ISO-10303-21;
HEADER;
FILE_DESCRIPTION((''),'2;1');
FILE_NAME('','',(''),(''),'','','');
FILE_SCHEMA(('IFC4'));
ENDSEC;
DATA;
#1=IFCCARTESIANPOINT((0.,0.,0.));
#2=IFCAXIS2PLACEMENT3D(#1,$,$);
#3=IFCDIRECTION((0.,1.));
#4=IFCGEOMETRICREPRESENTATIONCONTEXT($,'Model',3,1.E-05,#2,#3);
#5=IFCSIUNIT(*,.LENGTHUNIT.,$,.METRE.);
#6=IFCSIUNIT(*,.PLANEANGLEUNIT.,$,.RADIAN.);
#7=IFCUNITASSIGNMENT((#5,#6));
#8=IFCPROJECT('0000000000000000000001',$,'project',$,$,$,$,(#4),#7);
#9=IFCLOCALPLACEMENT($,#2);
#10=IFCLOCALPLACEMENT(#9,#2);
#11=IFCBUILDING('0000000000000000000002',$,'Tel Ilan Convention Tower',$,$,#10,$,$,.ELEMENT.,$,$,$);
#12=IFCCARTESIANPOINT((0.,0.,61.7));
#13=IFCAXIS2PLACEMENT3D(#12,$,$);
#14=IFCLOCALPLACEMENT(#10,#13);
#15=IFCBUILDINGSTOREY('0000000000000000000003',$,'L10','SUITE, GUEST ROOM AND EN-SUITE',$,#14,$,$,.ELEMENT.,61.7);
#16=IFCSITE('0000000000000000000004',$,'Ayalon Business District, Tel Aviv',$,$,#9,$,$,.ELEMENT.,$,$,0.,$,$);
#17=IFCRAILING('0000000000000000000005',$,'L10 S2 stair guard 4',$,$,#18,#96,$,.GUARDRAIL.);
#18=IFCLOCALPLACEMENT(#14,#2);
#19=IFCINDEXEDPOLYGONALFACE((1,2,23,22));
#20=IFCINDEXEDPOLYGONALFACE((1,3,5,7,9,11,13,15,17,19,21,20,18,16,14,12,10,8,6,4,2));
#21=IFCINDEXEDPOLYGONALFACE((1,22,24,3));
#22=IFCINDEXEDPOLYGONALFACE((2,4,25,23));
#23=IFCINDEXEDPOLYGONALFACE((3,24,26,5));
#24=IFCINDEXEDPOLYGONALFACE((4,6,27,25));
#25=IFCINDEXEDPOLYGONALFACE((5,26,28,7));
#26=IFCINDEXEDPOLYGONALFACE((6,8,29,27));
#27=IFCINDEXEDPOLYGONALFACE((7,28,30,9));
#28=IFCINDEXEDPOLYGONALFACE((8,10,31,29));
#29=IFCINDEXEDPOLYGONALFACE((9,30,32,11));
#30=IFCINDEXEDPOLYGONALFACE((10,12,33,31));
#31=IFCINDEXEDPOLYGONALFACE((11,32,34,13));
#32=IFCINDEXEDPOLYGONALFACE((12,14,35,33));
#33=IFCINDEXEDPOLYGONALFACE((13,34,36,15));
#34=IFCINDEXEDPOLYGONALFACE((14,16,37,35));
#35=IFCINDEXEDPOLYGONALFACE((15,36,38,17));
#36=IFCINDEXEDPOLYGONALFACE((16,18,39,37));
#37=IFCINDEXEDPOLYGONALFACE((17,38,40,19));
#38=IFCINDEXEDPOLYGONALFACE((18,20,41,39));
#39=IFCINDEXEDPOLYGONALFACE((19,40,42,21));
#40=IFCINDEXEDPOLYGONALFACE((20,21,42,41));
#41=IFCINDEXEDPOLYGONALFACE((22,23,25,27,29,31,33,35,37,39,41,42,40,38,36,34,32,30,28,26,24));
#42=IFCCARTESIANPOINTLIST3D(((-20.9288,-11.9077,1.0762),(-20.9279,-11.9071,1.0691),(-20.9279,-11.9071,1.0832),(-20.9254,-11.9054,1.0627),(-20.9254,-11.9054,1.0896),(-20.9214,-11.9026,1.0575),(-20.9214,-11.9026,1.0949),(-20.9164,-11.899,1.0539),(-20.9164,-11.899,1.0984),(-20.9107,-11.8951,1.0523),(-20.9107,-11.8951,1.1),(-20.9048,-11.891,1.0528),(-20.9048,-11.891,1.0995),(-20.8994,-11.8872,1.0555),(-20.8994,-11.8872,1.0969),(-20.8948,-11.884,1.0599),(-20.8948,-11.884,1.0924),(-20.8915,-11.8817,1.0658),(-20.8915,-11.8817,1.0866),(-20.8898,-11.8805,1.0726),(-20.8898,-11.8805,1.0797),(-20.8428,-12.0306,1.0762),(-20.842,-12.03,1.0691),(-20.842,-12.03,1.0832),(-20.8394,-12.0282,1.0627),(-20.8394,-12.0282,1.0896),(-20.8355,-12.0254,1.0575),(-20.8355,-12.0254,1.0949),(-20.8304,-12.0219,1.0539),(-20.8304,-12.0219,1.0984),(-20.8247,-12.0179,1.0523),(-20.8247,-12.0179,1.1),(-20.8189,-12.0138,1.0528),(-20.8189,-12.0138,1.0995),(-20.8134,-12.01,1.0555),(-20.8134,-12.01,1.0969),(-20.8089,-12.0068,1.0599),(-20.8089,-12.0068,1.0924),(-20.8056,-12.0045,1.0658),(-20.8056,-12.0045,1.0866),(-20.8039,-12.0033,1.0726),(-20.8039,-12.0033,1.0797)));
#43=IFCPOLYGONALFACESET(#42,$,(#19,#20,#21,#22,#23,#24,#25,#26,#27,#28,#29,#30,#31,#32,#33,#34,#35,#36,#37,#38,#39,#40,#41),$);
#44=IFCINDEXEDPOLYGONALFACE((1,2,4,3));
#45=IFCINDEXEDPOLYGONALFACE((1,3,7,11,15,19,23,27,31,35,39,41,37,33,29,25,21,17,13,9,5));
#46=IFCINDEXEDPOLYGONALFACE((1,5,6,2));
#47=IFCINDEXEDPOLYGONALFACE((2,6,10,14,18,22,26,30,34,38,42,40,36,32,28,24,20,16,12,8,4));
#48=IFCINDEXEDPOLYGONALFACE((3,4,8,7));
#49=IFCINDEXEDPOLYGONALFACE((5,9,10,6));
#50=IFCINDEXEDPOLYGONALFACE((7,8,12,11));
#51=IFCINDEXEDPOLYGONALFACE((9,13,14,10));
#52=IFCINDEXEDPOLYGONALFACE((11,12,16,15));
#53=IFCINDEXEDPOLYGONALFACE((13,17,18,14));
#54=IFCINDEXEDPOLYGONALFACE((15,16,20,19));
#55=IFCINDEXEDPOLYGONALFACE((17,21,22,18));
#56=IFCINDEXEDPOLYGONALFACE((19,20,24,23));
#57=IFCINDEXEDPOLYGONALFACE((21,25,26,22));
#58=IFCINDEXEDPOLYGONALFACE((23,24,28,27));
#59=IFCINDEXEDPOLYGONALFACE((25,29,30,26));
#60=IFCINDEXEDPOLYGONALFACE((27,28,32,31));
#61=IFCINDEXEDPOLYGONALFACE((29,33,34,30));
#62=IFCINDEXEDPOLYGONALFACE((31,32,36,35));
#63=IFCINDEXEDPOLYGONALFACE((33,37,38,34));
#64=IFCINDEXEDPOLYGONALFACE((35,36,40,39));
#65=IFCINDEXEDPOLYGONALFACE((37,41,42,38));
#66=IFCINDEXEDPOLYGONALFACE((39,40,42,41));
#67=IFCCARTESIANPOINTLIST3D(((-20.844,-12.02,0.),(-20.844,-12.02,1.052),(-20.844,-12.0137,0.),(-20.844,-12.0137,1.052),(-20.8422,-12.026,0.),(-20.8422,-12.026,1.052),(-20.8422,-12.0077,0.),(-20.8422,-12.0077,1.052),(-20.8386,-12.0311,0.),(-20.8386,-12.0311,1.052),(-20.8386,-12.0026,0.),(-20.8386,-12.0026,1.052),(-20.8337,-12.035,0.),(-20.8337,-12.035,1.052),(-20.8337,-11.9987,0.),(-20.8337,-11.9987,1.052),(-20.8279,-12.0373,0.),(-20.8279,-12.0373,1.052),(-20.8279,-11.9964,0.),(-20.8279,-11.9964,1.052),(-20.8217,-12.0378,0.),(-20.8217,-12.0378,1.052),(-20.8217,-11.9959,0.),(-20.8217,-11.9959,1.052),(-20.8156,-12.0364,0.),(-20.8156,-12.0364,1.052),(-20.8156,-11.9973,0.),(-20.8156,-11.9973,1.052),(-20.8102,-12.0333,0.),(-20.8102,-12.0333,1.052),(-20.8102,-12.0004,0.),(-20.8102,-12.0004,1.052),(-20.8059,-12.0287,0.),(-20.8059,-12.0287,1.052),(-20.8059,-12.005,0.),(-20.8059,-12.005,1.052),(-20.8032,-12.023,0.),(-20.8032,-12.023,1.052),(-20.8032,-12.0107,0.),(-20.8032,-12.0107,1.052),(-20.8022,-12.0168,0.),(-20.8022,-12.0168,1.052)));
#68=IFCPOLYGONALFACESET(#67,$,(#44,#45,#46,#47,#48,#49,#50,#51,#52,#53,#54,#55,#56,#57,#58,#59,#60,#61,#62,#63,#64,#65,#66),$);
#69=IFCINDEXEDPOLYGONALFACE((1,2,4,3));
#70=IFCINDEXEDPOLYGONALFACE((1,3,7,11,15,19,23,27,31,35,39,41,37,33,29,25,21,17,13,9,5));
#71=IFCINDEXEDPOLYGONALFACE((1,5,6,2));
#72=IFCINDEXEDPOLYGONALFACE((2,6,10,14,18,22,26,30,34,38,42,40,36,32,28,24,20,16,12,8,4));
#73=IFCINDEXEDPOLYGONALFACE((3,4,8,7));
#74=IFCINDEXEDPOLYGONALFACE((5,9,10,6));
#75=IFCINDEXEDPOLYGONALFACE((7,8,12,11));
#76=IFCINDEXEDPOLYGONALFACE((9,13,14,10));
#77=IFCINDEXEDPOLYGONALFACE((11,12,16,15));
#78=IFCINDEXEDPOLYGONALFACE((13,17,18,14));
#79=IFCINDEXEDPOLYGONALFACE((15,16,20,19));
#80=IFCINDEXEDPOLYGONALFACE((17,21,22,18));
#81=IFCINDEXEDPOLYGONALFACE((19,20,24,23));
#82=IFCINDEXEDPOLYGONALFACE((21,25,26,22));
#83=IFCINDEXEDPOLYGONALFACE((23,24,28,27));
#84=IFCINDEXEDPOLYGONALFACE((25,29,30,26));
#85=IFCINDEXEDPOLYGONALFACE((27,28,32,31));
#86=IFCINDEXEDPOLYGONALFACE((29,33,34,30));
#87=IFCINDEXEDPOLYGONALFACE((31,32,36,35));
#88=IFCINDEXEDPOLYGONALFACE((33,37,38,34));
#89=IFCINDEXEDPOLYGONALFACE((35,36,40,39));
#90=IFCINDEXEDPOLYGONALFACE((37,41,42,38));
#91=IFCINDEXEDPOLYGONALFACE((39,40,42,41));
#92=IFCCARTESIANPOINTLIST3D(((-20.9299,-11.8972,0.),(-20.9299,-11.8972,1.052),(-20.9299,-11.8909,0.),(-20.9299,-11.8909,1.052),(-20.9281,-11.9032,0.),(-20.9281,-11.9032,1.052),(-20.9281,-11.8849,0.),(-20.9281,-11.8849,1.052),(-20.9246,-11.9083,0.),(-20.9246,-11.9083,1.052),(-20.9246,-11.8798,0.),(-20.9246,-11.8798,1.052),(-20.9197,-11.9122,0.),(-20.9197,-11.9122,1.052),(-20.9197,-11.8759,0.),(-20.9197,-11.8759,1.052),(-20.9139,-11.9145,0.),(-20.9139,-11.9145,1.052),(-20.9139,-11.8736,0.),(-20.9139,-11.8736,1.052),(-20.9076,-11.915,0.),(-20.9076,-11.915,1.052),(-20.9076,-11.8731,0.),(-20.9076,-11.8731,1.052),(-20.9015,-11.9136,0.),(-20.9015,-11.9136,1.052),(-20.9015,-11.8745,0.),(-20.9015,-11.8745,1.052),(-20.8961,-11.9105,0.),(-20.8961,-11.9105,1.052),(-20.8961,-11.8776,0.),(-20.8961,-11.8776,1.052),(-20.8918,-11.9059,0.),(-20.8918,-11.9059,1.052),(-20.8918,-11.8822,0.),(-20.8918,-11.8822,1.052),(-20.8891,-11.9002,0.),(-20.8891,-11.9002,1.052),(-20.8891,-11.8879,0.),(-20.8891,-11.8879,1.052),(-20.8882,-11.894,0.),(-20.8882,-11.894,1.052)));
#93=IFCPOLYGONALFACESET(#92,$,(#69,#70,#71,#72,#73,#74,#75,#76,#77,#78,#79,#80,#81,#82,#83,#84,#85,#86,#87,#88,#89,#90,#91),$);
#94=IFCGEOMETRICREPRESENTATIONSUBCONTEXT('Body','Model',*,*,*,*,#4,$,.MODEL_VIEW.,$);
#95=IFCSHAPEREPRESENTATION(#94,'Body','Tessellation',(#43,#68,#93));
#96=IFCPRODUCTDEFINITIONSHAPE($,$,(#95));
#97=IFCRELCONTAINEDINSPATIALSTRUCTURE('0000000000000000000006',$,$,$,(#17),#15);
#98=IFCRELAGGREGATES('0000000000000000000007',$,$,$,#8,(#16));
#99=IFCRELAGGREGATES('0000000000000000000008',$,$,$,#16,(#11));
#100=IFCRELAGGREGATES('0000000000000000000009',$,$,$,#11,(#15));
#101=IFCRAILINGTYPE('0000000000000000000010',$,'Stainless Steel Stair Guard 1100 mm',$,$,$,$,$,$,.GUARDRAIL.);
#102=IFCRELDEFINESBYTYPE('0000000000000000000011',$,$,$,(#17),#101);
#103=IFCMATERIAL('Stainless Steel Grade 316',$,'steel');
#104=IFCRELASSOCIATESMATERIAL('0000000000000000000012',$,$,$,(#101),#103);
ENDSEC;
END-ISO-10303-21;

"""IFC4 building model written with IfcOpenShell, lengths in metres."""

from ifc_helpers import new_model, si_unit, direction, frame, origin, origin_2d, place, context, subcontext, project, spatial, circle, extrude, material, type_object, element, save


model = new_model("IFC4")

# Units and contexts
model_context = context("Model", 3, precision=1e-05, world=origin(), true_north=direction((0.0, 1.0)))
body_context = subcontext(model_context, "Body", "Model", "MODEL_VIEW")
ifc_project = project(units=[si_unit("LENGTHUNIT", "METRE"), si_unit("PLANEANGLEUNIT", "RADIAN")], contexts=[model_context])

# Site, building, storey
site_placement = place(None, origin())
site = spatial("IfcSite", under=ifc_project, at=site_placement, Name="Ayalon Business District, Tel Aviv", CompositionType="ELEMENT", RefElevation=0.0)
building_placement = place(site_placement, origin())
building = spatial("IfcBuilding", under=site, at=building_placement, Name="Tel Ilan Convention Tower", CompositionType="ELEMENT")
storey_placement = place(building_placement, frame((0.0, 0.0, 61.7)))
storey = spatial("IfcBuildingStorey", under=building, at=storey_placement, Name="L10", Description="SUITE, GUEST ROOM AND EN-SUITE", CompositionType="ELEMENT", Elevation=61.7)

# Railing
ifc_material_1 = material(Name="Stainless Steel Grade 316", Category="steel")
railing_type_1 = type_object("IfcRailingType", Name="Stainless Steel Stair Guard 1100 mm", PredefinedType="GUARDRAIL", material=ifc_material_1)
railing_1_placement = place(storey_placement, frame((-20.8232, -12.0168, 0.0)))
element("IfcRailing", 1, at=railing_1_placement, inside=storey, type_object=railing_type_1, Name="L10 S2 stair guard 4", PredefinedType="GUARDRAIL", context=body_context, shape_type="SweptSolid", body=[
    extrude(circle(Radius=0.0239, at=origin_2d()), frame((0.0, 0.0, 1.0762), z_axis=(-0.573353, 0.819308, 0.0), x_axis=(-0.819308, -0.573353, 0.0)), (0.0, 0.0, 1.0), 0.1499),
    extrude(circle(Radius=0.021, at=origin_2d()), origin(), (0.0, 0.0, 1.0), 1.052),
    extrude(circle(Radius=0.021, at=origin_2d()), frame((-0.0859, 0.1228, 0.0)), (0.0, 0.0, 1.0), 1.052),
])

save(model, "model.ifc")
